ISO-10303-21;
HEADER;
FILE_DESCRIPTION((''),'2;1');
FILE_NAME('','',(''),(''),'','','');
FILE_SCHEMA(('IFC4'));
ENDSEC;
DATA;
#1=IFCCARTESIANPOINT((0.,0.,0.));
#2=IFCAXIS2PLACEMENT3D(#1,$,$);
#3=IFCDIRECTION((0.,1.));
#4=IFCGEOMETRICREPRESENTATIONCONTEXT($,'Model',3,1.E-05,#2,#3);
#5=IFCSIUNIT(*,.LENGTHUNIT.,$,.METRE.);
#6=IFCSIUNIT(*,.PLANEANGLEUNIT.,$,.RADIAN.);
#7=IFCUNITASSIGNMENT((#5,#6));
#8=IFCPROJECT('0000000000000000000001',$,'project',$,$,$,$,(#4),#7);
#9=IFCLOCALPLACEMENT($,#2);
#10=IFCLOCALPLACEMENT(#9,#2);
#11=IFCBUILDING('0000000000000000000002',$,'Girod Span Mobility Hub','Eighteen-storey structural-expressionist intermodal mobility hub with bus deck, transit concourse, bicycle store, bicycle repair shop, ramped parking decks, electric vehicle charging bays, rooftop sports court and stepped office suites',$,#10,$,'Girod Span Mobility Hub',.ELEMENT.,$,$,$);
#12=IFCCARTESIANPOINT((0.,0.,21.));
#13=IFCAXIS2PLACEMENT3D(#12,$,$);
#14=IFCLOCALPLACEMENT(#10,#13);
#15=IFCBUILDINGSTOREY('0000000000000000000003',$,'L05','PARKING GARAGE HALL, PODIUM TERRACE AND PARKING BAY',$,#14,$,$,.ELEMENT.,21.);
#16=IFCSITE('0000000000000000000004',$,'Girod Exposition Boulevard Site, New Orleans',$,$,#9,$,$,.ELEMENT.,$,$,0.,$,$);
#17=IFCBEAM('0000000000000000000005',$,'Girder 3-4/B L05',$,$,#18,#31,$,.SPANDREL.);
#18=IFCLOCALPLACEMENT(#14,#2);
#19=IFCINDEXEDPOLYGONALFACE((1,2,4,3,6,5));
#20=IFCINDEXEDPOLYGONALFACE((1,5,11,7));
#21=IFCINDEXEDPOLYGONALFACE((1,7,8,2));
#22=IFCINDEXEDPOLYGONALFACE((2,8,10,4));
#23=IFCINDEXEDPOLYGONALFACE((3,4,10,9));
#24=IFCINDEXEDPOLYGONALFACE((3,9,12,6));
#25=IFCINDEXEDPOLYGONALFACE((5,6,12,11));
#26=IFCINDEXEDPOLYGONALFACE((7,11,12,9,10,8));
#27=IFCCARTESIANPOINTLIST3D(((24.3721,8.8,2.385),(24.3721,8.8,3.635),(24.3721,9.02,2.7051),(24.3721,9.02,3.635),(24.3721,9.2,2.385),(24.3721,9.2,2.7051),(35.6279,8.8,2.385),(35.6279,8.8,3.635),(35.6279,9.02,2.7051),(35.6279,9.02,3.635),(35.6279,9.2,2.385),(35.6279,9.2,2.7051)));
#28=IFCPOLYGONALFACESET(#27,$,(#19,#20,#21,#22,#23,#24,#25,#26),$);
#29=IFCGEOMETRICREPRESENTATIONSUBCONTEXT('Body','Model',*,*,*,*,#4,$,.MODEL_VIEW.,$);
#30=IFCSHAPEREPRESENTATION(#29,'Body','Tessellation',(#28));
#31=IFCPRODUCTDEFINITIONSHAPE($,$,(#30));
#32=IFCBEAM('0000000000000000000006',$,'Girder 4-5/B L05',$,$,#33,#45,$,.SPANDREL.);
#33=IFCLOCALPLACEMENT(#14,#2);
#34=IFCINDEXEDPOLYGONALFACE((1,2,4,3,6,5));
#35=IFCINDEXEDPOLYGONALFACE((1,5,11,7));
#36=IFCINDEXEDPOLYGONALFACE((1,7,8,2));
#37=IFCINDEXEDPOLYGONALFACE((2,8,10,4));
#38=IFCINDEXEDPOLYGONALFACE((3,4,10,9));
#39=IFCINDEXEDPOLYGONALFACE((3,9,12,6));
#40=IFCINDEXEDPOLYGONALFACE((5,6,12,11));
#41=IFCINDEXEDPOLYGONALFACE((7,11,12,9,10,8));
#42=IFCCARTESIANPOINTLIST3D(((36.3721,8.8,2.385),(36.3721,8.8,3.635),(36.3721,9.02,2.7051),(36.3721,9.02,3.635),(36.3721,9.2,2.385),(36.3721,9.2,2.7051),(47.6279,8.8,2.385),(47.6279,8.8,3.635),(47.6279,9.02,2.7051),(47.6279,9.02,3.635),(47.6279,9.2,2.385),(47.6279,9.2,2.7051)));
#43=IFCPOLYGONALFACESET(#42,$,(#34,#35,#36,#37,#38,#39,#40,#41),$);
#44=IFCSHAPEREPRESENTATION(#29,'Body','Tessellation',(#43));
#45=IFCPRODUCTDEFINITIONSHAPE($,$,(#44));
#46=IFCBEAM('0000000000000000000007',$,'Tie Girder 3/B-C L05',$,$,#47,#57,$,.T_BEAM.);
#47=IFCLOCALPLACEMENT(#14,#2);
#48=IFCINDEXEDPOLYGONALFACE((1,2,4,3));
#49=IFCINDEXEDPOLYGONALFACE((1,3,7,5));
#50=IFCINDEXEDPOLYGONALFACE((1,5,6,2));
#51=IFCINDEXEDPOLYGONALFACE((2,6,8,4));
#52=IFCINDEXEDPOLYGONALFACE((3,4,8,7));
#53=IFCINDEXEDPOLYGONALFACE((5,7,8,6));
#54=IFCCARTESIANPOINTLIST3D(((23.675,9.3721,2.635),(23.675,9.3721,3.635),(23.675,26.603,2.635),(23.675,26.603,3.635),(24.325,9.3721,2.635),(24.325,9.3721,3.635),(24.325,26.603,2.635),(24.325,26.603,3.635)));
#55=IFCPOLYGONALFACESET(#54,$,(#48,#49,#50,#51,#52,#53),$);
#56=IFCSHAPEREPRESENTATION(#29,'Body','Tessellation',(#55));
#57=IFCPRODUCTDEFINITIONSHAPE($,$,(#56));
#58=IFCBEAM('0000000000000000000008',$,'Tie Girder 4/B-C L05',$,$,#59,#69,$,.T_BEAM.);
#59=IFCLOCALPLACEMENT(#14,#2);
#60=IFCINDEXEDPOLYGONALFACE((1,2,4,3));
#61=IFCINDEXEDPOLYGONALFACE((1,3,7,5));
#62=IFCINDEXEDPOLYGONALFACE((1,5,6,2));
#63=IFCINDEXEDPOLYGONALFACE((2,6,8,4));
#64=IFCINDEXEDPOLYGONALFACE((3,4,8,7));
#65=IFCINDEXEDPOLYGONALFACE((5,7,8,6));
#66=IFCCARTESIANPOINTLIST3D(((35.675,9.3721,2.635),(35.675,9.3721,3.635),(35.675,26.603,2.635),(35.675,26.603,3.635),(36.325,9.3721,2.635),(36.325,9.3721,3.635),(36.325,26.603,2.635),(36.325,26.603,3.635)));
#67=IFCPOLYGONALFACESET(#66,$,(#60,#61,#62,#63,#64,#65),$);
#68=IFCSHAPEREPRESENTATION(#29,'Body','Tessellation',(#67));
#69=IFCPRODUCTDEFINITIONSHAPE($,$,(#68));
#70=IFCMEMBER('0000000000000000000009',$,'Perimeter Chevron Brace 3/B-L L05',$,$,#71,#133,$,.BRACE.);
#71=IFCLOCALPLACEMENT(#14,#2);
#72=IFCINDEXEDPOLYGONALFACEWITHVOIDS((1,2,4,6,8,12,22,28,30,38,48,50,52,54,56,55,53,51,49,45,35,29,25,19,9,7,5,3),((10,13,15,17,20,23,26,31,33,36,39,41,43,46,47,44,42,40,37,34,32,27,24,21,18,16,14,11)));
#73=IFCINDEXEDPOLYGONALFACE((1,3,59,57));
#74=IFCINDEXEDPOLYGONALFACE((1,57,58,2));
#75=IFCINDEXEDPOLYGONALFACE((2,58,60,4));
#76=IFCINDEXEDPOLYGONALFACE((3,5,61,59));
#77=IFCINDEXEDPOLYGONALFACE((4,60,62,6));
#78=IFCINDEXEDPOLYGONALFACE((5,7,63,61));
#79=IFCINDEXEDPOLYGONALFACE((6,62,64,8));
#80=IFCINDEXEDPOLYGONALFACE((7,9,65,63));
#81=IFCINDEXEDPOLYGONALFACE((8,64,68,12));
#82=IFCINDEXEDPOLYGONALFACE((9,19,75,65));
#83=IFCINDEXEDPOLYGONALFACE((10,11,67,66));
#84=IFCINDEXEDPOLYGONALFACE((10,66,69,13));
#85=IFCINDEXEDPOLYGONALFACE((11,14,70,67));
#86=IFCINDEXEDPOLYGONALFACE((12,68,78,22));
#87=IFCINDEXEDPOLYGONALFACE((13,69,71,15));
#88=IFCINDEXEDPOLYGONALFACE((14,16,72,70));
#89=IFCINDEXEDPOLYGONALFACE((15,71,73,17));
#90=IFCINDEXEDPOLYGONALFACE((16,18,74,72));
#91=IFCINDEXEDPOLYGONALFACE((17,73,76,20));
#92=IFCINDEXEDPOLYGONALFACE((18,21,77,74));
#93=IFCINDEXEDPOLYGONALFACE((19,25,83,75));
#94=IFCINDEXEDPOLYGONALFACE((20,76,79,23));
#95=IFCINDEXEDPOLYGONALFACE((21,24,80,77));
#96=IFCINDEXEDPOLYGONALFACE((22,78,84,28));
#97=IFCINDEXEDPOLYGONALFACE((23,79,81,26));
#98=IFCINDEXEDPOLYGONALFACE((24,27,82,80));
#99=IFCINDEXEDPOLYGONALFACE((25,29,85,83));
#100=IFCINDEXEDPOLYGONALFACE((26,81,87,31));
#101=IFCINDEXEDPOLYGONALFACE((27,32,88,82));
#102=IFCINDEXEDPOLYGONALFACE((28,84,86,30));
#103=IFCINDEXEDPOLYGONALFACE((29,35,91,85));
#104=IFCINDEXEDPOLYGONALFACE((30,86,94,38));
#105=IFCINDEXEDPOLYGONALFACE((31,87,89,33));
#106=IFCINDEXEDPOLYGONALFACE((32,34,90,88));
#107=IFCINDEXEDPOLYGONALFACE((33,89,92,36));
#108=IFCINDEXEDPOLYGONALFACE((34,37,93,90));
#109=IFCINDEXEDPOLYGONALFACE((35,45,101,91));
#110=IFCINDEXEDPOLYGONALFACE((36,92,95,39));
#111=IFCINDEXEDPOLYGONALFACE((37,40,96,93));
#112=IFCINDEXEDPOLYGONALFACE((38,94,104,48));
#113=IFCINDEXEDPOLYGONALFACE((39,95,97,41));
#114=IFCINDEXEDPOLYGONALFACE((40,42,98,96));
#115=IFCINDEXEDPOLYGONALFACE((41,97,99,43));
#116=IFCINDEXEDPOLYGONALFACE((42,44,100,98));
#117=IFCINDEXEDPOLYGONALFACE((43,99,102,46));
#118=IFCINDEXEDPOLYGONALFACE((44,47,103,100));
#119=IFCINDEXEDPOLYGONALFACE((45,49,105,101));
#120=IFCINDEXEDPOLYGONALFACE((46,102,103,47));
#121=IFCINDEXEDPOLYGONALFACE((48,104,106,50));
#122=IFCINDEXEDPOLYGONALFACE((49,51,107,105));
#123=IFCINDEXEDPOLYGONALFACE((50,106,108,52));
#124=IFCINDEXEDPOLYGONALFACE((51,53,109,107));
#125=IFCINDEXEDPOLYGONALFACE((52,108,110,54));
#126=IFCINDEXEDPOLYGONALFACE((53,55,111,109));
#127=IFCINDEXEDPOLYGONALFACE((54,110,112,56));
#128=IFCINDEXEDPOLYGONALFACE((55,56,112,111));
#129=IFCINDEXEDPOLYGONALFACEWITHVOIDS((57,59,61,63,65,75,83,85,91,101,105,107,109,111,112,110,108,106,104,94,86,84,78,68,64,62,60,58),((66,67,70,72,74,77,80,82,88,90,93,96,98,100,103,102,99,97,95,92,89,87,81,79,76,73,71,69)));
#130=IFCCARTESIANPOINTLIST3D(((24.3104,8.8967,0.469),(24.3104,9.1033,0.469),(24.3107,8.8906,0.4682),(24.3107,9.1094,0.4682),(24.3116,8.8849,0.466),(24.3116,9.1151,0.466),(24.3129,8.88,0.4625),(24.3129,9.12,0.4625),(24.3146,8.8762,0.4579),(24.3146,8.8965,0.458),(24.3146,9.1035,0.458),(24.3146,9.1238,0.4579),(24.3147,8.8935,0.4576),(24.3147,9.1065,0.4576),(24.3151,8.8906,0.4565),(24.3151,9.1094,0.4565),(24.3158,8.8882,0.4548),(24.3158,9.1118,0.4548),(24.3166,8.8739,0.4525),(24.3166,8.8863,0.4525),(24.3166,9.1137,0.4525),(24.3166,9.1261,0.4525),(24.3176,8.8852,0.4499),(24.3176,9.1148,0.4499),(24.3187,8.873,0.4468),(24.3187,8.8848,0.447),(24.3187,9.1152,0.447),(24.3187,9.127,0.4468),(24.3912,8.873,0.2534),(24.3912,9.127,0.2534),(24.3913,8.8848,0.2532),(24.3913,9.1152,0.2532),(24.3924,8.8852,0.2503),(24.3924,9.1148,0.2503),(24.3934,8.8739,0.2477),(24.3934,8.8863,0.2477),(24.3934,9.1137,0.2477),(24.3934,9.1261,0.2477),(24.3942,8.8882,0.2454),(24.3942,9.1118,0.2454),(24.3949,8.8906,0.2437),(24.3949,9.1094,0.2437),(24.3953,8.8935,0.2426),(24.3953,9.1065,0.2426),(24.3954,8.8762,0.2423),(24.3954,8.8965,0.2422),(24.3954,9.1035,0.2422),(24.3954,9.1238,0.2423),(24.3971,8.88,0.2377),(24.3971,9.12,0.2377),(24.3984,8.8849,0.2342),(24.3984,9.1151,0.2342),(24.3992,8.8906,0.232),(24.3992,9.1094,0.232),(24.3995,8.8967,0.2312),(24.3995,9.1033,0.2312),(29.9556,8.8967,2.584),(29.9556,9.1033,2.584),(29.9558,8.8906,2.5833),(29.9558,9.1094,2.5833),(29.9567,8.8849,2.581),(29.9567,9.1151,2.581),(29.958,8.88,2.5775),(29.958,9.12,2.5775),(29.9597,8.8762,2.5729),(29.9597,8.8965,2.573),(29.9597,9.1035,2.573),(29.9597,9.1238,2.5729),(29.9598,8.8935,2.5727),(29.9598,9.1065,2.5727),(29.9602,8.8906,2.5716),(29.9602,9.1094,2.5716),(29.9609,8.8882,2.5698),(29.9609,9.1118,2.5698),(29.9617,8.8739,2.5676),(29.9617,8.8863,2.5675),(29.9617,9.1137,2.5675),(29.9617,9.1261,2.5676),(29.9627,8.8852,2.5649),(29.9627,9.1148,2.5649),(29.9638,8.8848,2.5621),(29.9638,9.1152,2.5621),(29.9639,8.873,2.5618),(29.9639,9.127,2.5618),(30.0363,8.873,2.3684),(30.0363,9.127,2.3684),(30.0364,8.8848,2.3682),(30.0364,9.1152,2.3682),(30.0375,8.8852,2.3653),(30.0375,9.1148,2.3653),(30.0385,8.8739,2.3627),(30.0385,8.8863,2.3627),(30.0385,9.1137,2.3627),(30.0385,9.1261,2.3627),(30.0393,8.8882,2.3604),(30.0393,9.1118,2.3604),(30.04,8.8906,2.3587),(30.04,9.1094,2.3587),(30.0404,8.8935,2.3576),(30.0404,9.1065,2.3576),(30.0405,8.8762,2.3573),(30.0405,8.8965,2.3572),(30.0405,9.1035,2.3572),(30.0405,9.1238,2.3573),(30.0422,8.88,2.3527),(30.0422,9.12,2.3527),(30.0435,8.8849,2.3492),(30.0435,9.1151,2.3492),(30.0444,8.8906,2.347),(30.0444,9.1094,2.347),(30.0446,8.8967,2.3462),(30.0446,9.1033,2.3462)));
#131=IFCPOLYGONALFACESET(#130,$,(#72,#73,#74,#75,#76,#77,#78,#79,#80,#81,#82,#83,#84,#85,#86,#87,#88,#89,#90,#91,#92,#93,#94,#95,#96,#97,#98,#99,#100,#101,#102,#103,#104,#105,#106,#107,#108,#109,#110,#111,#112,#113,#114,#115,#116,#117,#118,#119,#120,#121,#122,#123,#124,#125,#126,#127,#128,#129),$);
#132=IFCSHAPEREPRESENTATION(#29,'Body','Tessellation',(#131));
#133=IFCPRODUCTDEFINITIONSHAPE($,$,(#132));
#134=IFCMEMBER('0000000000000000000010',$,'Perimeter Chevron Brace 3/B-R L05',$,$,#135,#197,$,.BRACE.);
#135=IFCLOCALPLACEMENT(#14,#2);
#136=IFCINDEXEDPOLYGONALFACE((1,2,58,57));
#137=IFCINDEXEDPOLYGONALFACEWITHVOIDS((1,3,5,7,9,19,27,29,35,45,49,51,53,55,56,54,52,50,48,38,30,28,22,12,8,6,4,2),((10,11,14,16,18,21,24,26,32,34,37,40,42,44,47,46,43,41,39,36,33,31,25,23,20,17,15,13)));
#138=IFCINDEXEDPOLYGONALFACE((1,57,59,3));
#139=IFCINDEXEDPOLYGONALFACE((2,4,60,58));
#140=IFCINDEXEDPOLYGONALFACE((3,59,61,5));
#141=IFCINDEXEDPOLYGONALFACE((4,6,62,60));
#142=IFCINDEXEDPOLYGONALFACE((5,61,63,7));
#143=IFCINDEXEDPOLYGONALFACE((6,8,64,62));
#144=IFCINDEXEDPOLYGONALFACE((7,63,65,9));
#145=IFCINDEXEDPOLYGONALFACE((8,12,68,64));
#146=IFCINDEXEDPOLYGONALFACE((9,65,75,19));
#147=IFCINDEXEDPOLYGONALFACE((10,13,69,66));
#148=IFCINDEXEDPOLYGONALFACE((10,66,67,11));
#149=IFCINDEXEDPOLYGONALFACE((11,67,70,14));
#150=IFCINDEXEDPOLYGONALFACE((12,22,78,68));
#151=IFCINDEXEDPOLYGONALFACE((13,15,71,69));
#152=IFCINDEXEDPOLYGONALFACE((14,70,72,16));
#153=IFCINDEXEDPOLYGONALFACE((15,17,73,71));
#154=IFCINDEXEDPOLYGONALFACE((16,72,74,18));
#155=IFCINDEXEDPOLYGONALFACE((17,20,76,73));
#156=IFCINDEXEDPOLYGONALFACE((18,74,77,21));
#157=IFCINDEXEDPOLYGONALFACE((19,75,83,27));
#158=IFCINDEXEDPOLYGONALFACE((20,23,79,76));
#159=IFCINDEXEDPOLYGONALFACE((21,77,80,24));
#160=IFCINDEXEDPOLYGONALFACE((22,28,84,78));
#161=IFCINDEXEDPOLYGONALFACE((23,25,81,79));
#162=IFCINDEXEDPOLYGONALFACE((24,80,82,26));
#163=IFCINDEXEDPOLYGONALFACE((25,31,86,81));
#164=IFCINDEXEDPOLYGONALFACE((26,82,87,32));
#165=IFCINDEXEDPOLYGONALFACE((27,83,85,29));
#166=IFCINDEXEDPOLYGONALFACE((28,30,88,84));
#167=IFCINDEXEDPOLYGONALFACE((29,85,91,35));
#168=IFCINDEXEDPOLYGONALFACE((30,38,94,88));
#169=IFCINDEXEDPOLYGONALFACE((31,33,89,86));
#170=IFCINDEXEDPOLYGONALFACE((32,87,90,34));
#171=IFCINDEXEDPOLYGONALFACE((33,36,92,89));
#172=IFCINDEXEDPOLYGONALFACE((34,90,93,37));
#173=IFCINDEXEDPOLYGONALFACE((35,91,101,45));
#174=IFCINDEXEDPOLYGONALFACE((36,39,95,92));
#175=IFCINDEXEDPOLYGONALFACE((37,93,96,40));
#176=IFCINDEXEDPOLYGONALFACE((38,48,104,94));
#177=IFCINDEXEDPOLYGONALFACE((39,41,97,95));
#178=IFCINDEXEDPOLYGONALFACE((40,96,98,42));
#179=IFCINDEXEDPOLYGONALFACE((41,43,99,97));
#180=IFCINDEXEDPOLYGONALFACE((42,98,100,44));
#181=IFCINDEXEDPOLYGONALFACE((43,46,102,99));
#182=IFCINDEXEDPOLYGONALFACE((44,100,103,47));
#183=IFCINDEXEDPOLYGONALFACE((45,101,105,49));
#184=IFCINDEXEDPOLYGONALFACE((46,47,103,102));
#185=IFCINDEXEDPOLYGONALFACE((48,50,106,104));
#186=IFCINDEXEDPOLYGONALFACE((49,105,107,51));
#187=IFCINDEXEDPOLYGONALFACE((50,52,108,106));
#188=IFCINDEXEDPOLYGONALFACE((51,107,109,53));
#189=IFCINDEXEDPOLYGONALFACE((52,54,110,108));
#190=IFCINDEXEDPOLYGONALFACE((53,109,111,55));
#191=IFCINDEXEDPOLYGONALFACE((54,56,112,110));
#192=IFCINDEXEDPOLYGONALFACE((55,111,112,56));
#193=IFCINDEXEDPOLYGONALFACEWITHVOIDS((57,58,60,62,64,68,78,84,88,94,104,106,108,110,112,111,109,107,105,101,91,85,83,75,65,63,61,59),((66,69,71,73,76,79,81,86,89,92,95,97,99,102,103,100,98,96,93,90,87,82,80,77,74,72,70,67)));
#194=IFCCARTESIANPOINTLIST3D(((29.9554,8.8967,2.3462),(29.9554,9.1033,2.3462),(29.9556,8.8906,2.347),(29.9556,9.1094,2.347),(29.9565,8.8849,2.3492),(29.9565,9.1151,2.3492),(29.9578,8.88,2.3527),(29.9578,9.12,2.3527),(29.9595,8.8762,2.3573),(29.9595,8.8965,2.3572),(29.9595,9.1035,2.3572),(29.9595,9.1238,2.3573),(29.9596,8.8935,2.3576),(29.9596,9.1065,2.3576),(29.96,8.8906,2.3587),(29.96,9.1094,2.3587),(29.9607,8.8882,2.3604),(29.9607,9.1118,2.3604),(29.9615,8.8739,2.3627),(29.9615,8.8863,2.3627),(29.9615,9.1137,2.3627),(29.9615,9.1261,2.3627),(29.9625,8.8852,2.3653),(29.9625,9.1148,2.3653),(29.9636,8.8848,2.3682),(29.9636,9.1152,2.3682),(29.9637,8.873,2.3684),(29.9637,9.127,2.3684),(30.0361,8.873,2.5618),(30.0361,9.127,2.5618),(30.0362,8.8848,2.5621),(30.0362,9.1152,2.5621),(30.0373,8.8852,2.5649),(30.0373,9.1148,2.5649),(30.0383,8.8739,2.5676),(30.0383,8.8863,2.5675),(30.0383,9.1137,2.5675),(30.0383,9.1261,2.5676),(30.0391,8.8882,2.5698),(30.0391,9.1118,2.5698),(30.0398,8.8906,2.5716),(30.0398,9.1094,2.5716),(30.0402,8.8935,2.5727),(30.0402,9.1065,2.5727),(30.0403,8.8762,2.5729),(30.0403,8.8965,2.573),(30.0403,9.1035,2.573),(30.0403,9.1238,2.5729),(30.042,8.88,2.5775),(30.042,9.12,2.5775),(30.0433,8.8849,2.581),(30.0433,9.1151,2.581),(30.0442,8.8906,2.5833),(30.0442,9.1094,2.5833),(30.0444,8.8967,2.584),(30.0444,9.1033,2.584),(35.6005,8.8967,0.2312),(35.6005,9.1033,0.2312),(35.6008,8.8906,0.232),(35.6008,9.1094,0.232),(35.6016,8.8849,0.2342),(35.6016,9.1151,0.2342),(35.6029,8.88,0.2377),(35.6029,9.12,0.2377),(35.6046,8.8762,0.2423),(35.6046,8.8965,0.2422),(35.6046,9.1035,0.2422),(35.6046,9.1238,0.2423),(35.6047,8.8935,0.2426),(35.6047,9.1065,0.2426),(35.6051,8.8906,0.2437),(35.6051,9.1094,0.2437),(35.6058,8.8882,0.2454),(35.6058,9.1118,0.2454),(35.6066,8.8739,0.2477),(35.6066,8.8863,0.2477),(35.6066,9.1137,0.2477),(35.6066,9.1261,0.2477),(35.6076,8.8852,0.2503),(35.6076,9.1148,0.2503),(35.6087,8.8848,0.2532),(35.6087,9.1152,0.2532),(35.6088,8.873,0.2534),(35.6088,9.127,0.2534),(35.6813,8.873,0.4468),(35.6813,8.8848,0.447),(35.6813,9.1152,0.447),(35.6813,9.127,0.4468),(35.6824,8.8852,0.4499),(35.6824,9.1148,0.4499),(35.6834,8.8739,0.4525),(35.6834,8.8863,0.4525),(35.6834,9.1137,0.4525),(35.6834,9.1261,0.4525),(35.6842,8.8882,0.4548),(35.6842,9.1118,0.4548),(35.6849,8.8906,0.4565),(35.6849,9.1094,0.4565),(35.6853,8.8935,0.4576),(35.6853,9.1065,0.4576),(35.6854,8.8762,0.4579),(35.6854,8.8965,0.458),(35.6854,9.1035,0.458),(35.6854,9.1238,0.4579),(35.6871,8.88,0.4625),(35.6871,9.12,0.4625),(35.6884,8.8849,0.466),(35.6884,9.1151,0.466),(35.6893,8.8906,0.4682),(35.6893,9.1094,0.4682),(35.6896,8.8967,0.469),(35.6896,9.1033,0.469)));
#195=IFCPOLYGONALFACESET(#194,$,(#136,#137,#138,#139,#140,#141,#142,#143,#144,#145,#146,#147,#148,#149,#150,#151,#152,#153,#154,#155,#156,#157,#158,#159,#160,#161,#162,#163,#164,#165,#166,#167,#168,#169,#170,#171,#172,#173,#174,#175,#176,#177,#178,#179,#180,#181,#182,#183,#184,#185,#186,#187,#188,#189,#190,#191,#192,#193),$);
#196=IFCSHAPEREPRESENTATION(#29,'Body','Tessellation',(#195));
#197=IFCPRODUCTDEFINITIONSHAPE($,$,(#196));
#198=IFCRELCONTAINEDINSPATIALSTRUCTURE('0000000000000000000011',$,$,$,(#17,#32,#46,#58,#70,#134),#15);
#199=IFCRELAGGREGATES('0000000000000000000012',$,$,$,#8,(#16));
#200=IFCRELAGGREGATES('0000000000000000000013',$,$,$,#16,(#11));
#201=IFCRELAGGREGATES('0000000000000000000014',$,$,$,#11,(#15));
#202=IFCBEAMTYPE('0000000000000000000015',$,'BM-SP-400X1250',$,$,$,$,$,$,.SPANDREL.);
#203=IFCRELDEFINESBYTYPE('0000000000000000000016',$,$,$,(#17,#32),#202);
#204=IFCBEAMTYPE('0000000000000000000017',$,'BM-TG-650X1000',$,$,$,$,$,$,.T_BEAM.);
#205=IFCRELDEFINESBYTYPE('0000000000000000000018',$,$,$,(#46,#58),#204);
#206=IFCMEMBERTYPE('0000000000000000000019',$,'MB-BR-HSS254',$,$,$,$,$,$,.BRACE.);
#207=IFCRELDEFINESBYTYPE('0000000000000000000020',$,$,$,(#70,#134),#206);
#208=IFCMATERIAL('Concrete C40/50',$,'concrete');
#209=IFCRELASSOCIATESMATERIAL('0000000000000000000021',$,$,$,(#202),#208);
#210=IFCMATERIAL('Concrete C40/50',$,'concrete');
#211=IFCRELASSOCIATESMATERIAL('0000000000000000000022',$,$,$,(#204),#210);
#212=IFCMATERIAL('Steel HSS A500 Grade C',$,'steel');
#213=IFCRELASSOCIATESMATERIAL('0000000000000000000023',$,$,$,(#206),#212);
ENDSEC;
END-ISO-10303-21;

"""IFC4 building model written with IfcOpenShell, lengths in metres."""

from ifc_helpers import new_model, si_unit, direction, frame, origin, origin_2d, place, context, subcontext, project, spatial, polyline, rectangle, hollow_rectangle, outline, extrude, material, material_profile, profile_set, type_object, element, save


model = new_model("IFC4")

# Units and contexts
model_context = context("Model", 3, precision=1e-05, world=origin(), true_north=direction((0.0, 1.0)))
body_context = subcontext(model_context, "Body", "Model", "MODEL_VIEW")
ifc_project = project(units=[si_unit("LENGTHUNIT", "METRE"), si_unit("PLANEANGLEUNIT", "RADIAN")], contexts=[model_context])

# Site, building, storey
site_placement = place(None, origin())
site = spatial("IfcSite", under=ifc_project, at=site_placement, Name="Girod Exposition Boulevard Site, New Orleans", CompositionType="ELEMENT", RefElevation=0.0)
building_placement = place(site_placement, origin())
building = spatial("IfcBuilding", under=site, at=building_placement, Name="Girod Span Mobility Hub", Description="Eighteen-storey structural-expressionist intermodal mobility hub with bus deck, transit concourse, bicycle store, bicycle repair shop, ramped parking decks, electric vehicle charging bays, rooftop sports court and stepped office suites", LongName="Girod Span Mobility Hub", CompositionType="ELEMENT")
storey_placement = place(building_placement, frame((0.0, 0.0, 21.0)))
storey = spatial("IfcBuildingStorey", under=building, at=storey_placement, Name="L05", Description="PARKING GARAGE HALL, PODIUM TERRACE AND PARKING BAY", CompositionType="ELEMENT", Elevation=21.0)

# Beams
ifc_material_1 = material(Name="Concrete C40/50", Category="concrete")
ifc_material_profile_1 = material_profile(ifc_material_1, outline(polyline([(-0.2, -0.625), (0.2, -0.625), (0.2, -0.3049), (0.02, -0.3049), (0.02, 0.625), (-0.2, 0.625), (-0.2, -0.625)])), Name="SP-400X1250")
ifc_profile_set_1 = profile_set([ifc_material_profile_1], Name="Concrete C40/50")
beam_type_1 = type_object("IfcBeamType", Name="BM-SP-400X1250", PredefinedType="SPANDREL", material=ifc_profile_set_1)
for number, where, z_axis, x_axis, name in (
    (1, (24.3721, 9.0, 3.01), (1.0, 0.0, 0.0), (0.0, 1.0, 0.0), "Girder 3-4/B L05"),
    (2, (36.3721, 9.0, 3.01), (1.0, 0.0, 0.0), (0.0, 1.0, 0.0), "Girder 4-5/B L05"),
):
    element("IfcBeam", number, at=place(storey_placement, frame(where, z_axis=z_axis, x_axis=x_axis)), inside=storey, type_object=beam_type_1, Name=name, PredefinedType="SPANDREL", context=body_context, shape_type="SweptSolid", body=[
        extrude(outline(polyline([(-0.2, -0.625), (0.2, -0.625), (0.2, -0.3049), (0.02, -0.3049), (0.02, 0.625), (-0.2, 0.625), (-0.2, -0.625)])), origin(), (0.0, 0.0, 1.0), 11.2559),
    ])
ifc_material_2 = material(Name="Concrete C40/50", Category="concrete")
ifc_material_profile_2 = material_profile(ifc_material_2, rectangle(XDim=0.6499, YDim=1.0, at=origin_2d()), Name="TG-650X1000")
ifc_profile_set_2 = profile_set([ifc_material_profile_2], Name="Concrete C40/50")
beam_type_2 = type_object("IfcBeamType", Name="BM-TG-650X1000", PredefinedType="T_BEAM", material=ifc_profile_set_2)
for number, where, z_axis, x_axis, name in (
    (3, (24.0, 9.3721, 3.135), (0.0, 1.0, 0.0), (-1.0, 0.0, 0.0), "Tie Girder 3/B-C L05"),
    (4, (36.0, 9.3721, 3.135), (0.0, 1.0, 0.0), (-1.0, 0.0, 0.0), "Tie Girder 4/B-C L05"),
):
    element("IfcBeam", number, at=place(storey_placement, frame(where, z_axis=z_axis, x_axis=x_axis)), inside=storey, type_object=beam_type_2, Name=name, PredefinedType="T_BEAM", context=body_context, shape_type="SweptSolid", body=[
        extrude(rectangle(XDim=0.6499, YDim=1.0, at=origin_2d()), origin(), (0.0, 0.0, 1.0), 17.231),
    ])

# Members
ifc_material_3 = material(Name="Steel HSS A500 Grade C", Category="steel")
ifc_material_profile_3 = material_profile(ifc_material_3, hollow_rectangle(XDim=0.2539, YDim=0.2539, WallThickness=0.0117, InnerFilletRadius=0.0117, OuterFilletRadius=0.0237, at=origin_2d()), Name="HSS254X254X12.7")
ifc_profile_set_3 = profile_set([ifc_material_profile_3], Name="Steel HSS A500 Grade C")
member_type = type_object("IfcMemberType", Name="MB-BR-HSS254", PredefinedType="BRACE", material=ifc_profile_set_3)
for number, where, z_axis, x_axis, name in (
    (5, (24.355, 9.0, 0.3501), (0.936432, 0.0, 0.350848), (0.0, 1.0, 0.0), "Perimeter Chevron Brace 3/B-L L05"),
    (6, (35.645, 9.0, 0.3501), (-0.936432, 0.0, 0.350848), (0.0, -1.0, 0.0), "Perimeter Chevron Brace 3/B-R L05"),
):
    element("IfcMember", number, at=place(storey_placement, frame(where, z_axis=z_axis, x_axis=x_axis)), inside=storey, type_object=member_type, Name=name, PredefinedType="BRACE", context=body_context, shape_type="SweptSolid", body=[
        extrude(hollow_rectangle(XDim=0.2539, YDim=0.2539, WallThickness=0.0117, InnerFilletRadius=0.0117, OuterFilletRadius=0.0237, at=origin_2d()), origin(), (0.0, 0.0, 1.0), 6.0283),
    ])

save(model, "model.ifc")
